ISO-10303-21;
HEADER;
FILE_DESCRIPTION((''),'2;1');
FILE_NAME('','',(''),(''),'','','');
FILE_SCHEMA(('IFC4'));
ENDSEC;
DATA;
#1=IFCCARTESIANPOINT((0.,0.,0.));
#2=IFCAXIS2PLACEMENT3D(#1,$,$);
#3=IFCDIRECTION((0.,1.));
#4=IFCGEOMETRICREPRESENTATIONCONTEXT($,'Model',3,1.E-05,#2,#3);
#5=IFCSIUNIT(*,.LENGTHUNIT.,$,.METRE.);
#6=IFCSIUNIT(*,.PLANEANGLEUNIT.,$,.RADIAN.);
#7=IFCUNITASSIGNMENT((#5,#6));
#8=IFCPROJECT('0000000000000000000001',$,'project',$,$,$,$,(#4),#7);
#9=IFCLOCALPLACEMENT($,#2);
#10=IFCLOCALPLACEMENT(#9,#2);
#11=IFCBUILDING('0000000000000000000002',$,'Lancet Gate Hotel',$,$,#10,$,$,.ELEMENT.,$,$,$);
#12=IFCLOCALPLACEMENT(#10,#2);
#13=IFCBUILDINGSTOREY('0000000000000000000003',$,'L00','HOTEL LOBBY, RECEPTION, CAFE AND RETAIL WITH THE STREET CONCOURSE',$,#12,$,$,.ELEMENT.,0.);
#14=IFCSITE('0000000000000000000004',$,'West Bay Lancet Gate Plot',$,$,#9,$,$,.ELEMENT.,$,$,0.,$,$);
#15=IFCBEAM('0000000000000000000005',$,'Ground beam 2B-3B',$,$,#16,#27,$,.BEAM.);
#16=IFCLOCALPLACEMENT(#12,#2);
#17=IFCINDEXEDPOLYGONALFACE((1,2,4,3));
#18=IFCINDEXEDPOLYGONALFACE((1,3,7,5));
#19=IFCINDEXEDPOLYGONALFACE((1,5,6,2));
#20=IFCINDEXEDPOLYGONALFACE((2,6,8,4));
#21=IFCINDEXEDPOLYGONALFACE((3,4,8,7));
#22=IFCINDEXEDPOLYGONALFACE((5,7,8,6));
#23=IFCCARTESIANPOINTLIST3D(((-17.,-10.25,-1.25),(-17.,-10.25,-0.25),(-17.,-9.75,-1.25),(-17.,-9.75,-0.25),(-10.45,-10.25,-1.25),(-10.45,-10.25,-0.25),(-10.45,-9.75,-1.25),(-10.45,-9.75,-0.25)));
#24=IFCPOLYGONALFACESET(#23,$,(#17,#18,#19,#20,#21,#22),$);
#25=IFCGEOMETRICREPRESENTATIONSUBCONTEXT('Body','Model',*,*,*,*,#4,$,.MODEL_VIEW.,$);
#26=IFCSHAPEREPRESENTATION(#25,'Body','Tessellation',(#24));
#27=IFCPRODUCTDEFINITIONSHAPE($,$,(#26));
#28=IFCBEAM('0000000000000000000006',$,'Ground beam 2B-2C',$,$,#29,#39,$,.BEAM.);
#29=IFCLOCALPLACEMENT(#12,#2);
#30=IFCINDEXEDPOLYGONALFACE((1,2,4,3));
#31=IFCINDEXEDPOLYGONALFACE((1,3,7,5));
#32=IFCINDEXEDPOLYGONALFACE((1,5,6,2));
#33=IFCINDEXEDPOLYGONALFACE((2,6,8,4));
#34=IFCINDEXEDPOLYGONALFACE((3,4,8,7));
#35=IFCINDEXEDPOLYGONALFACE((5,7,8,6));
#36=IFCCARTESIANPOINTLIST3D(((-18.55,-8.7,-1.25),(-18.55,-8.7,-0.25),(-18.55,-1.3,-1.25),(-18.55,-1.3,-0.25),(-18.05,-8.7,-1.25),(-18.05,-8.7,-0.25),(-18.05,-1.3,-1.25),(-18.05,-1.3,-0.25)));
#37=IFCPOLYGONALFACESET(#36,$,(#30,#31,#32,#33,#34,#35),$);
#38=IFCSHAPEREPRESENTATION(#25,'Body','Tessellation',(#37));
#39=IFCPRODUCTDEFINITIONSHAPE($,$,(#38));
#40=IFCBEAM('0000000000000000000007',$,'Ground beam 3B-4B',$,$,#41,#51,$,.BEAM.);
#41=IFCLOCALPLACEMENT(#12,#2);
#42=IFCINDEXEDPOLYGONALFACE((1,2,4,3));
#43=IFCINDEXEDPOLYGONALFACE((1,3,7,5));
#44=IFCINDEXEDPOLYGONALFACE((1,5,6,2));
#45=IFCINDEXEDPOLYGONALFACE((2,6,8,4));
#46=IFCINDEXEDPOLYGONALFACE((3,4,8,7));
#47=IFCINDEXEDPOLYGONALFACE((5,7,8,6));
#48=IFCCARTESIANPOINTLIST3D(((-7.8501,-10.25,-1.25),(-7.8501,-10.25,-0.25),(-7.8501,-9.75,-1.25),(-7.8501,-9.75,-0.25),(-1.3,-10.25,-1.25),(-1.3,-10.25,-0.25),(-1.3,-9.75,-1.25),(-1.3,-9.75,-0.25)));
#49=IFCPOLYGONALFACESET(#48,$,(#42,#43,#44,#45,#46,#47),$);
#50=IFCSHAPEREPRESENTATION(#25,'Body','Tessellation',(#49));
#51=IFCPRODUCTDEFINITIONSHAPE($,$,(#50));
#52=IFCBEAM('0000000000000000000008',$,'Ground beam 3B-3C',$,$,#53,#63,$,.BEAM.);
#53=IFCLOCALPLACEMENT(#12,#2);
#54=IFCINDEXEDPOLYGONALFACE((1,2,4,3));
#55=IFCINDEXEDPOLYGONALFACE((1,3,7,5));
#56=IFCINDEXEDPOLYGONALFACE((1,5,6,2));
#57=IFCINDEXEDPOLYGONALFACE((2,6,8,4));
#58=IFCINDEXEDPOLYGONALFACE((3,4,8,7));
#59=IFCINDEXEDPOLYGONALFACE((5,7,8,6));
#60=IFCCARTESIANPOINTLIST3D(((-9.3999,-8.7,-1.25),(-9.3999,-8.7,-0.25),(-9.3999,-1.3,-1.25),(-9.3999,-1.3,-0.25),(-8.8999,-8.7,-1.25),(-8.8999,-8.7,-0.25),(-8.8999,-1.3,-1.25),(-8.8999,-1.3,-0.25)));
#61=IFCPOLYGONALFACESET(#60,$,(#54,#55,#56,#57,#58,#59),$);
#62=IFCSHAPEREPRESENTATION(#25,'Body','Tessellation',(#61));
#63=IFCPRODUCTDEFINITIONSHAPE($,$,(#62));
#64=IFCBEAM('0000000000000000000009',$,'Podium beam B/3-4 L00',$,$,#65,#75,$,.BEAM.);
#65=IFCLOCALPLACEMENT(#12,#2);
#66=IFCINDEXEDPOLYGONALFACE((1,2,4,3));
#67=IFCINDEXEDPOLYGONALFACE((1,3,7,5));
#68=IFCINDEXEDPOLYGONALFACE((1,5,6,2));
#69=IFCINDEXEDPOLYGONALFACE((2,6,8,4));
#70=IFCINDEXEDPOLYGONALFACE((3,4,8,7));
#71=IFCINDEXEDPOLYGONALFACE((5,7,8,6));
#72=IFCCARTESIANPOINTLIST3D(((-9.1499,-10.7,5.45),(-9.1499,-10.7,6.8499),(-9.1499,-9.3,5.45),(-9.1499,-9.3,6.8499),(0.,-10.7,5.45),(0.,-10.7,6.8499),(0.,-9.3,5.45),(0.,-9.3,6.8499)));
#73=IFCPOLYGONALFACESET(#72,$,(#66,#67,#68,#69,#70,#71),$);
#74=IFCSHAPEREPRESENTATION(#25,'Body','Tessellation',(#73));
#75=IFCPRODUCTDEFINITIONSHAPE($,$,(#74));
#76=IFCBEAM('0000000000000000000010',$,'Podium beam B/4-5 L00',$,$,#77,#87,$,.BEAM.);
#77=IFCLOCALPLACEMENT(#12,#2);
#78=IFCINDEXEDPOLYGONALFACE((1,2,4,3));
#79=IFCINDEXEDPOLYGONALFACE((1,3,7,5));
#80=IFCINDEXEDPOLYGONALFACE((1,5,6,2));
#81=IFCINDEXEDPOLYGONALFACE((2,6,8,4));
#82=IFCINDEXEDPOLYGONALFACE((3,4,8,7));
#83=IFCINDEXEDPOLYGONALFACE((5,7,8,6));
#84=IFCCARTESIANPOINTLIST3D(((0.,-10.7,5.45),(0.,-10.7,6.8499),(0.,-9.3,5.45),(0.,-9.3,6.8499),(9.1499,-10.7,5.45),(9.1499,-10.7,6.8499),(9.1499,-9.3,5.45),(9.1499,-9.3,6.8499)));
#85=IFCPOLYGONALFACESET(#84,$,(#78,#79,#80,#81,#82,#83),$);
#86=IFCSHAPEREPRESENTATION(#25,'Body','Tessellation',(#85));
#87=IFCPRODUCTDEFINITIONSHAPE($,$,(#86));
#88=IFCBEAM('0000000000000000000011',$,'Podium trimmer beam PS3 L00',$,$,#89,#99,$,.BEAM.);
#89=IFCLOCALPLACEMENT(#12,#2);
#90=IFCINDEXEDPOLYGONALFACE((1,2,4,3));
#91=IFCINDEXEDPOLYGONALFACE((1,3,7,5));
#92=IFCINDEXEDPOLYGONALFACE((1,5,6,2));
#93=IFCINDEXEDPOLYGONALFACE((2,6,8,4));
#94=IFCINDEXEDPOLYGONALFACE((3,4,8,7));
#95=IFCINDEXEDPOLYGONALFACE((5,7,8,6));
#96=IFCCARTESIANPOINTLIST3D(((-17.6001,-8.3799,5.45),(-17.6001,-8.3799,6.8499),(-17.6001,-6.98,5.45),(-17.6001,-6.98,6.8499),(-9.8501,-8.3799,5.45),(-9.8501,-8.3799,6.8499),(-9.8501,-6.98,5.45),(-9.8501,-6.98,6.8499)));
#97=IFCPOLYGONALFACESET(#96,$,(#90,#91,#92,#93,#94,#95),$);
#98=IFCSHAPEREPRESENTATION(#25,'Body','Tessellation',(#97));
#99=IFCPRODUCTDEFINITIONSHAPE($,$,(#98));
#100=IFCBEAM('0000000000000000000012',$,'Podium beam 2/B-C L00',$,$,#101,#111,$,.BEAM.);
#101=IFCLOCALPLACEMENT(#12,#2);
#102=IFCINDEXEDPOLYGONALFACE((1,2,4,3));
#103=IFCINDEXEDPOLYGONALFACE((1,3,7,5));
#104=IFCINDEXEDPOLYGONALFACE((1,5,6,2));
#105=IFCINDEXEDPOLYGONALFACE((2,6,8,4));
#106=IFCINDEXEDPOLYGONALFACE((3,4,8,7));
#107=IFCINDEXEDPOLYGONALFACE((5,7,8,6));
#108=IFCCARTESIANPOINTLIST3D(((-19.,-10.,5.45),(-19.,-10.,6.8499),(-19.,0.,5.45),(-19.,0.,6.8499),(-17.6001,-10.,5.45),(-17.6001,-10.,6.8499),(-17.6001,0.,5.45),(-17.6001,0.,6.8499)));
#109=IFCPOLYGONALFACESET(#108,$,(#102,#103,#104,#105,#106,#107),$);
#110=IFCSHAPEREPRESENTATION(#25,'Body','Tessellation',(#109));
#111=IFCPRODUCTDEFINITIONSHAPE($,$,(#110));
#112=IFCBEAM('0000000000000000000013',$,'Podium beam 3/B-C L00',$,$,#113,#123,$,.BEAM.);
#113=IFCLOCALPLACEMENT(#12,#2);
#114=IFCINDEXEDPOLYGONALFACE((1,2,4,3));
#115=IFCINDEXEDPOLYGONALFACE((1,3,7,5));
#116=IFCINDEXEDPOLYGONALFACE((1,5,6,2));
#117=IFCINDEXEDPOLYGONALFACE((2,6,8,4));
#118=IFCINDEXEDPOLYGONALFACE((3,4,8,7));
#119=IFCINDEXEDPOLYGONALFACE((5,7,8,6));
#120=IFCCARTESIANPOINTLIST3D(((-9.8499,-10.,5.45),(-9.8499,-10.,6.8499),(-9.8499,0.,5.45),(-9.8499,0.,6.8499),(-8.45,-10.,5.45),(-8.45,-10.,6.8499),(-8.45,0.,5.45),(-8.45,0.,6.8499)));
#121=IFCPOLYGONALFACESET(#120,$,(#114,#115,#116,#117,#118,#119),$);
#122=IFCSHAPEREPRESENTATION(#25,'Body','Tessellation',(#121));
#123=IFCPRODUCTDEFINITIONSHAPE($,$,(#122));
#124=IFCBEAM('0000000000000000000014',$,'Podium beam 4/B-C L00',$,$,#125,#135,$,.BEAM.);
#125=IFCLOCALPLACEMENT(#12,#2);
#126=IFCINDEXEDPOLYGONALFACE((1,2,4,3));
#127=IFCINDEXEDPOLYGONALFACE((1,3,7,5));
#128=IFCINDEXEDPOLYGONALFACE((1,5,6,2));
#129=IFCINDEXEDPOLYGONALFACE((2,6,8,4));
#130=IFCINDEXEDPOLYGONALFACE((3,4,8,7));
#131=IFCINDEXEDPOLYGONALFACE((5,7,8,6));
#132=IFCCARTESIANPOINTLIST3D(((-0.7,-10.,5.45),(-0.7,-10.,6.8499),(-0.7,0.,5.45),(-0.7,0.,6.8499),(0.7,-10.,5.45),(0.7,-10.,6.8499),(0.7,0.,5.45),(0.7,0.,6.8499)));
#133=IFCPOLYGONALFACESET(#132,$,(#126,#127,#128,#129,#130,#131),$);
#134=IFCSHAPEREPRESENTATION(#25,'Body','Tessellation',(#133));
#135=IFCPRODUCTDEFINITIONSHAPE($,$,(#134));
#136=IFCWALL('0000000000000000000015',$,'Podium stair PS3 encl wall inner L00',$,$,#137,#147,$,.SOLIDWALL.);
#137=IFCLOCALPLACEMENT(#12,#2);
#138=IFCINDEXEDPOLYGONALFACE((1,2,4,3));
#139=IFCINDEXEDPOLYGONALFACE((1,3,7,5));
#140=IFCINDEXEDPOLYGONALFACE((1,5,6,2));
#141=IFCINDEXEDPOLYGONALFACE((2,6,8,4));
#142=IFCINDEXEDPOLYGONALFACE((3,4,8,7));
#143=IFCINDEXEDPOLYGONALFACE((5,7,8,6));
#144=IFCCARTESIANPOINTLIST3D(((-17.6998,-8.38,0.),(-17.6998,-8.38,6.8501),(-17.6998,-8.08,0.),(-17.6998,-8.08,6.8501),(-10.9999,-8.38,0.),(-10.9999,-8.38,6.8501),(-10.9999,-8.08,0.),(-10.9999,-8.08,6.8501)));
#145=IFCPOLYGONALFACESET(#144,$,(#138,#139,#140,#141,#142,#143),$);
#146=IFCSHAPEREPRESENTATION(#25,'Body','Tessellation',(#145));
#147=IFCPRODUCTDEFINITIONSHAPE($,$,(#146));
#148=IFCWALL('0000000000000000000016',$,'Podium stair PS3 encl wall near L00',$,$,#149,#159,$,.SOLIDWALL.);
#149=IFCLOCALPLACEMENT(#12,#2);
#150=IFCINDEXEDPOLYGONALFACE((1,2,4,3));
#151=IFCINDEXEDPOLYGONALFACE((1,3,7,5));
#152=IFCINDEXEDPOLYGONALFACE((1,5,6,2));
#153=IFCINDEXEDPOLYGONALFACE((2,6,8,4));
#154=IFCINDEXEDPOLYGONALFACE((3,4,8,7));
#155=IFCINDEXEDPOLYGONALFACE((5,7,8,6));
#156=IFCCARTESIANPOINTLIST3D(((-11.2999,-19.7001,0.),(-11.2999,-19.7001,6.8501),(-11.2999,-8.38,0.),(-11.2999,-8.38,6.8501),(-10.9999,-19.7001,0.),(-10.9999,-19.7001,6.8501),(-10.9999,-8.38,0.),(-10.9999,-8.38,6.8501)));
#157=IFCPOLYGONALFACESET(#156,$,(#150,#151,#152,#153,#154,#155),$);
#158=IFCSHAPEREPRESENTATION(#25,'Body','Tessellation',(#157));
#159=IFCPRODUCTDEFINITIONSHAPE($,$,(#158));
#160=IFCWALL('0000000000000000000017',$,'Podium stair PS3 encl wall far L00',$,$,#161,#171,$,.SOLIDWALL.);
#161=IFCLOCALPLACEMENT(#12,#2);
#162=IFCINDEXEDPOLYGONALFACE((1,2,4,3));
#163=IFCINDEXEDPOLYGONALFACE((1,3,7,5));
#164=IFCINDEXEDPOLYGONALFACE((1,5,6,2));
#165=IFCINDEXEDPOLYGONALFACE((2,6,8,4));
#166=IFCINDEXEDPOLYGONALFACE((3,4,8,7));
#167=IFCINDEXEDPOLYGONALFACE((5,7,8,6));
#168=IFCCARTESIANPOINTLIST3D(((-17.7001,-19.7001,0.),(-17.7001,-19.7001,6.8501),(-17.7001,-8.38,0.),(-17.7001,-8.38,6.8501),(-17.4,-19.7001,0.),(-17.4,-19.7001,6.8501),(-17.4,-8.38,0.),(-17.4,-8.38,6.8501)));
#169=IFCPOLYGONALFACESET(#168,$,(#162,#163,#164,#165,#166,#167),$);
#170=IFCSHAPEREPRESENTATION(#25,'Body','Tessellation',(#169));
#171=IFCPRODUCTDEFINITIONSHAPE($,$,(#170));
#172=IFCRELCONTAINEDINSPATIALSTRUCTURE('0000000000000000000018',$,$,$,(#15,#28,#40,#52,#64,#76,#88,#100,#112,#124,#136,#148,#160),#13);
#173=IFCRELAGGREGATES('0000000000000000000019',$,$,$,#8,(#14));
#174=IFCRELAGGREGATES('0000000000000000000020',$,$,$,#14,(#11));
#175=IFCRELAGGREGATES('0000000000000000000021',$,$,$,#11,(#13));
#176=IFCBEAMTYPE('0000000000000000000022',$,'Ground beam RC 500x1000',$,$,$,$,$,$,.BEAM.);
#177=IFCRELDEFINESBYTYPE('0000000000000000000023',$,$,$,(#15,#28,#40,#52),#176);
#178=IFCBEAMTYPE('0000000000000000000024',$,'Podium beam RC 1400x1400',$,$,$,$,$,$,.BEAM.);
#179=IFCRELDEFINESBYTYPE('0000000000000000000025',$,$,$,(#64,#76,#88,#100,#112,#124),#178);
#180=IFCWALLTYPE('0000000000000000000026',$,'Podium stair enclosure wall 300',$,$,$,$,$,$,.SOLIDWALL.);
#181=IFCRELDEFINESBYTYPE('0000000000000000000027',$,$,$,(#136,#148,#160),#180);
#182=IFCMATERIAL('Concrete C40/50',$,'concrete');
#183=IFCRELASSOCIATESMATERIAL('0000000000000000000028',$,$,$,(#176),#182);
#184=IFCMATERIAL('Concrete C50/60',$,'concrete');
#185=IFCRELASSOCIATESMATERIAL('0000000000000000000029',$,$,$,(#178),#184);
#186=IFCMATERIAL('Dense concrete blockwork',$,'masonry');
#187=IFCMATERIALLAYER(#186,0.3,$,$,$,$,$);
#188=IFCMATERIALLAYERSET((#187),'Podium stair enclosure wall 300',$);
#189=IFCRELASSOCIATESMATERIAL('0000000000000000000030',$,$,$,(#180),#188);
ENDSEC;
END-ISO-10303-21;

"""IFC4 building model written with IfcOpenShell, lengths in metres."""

from ifc_helpers import new_model, si_unit, direction, frame, frame_2d, origin, origin_2d, place, context, subcontext, project, spatial, rectangle, extrude, material, layer, layer_set, material_profile, profile_set, type_object, element, save


model = new_model("IFC4")

# Units and contexts
model_context = context("Model", 3, precision=1e-05, world=origin(), true_north=direction((0.0, 1.0)))
body_context = subcontext(model_context, "Body", "Model", "MODEL_VIEW")
ifc_project = project(units=[si_unit("LENGTHUNIT", "METRE"), si_unit("PLANEANGLEUNIT", "RADIAN")], contexts=[model_context])

# Site, building, storey
site_placement = place(None, origin())
site = spatial("IfcSite", under=ifc_project, at=site_placement, Name="West Bay Lancet Gate Plot", CompositionType="ELEMENT", RefElevation=0.0)
building_placement = place(site_placement, origin())
building = spatial("IfcBuilding", under=site, at=building_placement, Name="Lancet Gate Hotel", CompositionType="ELEMENT")
storey_placement = place(building_placement, origin())
storey = spatial("IfcBuildingStorey", under=building, at=storey_placement, Name="L00", Description="HOTEL LOBBY, RECEPTION, CAFE AND RETAIL WITH THE STREET CONCOURSE", CompositionType="ELEMENT", Elevation=0.0)

# Beams
ifc_material_1 = material(Name="Concrete C40/50", Category="concrete")
ifc_material_profile_1 = material_profile(ifc_material_1, rectangle(XDim=0.5, YDim=1.0, at=origin_2d()), Name="RC 500x1000")
ifc_profile_set_1 = profile_set([ifc_material_profile_1], Name="Concrete C40/50")
beam_type_1 = type_object("IfcBeamType", Name="Ground beam RC 500x1000", PredefinedType="BEAM", material=ifc_profile_set_1)
beam_1_placement = place(storey_placement, frame((-17.0, -10.0, -0.75), z_axis=(1.0, 0.0, 0.0), x_axis=(0.0, 1.0, 0.0)))
element("IfcBeam", 1, at=beam_1_placement, inside=storey, type_object=beam_type_1, Name="Ground beam 2B-3B", PredefinedType="BEAM", context=body_context, shape_type="SweptSolid", body=[
    extrude(rectangle(XDim=0.5, YDim=1.0, at=origin_2d()), origin(), (0.0, 0.0, 1.0), 6.55),
])
beam_2_placement = place(storey_placement, frame((-18.3, -8.7, -0.75), z_axis=(0.0, 1.0, 0.0), x_axis=(-1.0, 0.0, 0.0)))
element("IfcBeam", 2, at=beam_2_placement, inside=storey, type_object=beam_type_1, Name="Ground beam 2B-2C", PredefinedType="BEAM", context=body_context, shape_type="SweptSolid", body=[
    extrude(rectangle(XDim=0.5, YDim=1.0, at=origin_2d()), origin(), (0.0, 0.0, 1.0), 7.3999),
])
beam_3_placement = place(storey_placement, frame((-7.8501, -10.0, -0.75), z_axis=(1.0, 0.0, 0.0), x_axis=(0.0, 1.0, 0.0)))
element("IfcBeam", 3, at=beam_3_placement, inside=storey, type_object=beam_type_1, Name="Ground beam 3B-4B", PredefinedType="BEAM", context=body_context, shape_type="SweptSolid", body=[
    extrude(rectangle(XDim=0.5, YDim=1.0, at=origin_2d()), origin(), (0.0, 0.0, 1.0), 6.55),
])
beam_4_placement = place(storey_placement, frame((-9.1499, -8.7, -0.75), z_axis=(0.0, 1.0, 0.0), x_axis=(-1.0, 0.0, 0.0)))
element("IfcBeam", 4, at=beam_4_placement, inside=storey, type_object=beam_type_1, Name="Ground beam 3B-3C", PredefinedType="BEAM", context=body_context, shape_type="SweptSolid", body=[
    extrude(rectangle(XDim=0.5, YDim=1.0, at=origin_2d()), origin(), (0.0, 0.0, 1.0), 7.3999),
])
ifc_material_2 = material(Name="Concrete C50/60", Category="concrete")
ifc_material_profile_2 = material_profile(ifc_material_2, rectangle(XDim=1.3999, YDim=1.3999, at=origin_2d()), Name="RC 1400x1400")
ifc_profile_set_2 = profile_set([ifc_material_profile_2], Name="Concrete C50/60")
beam_type_2 = type_object("IfcBeamType", Name="Podium beam RC 1400x1400", PredefinedType="BEAM", material=ifc_profile_set_2)
for number, where, z_axis, x_axis, name in (
    (5, (-9.1499, -10.0, 6.1499), (1.0, 0.0, 0.0), (0.0, 1.0, 0.0), "Podium beam B/3-4 L00"),
    (6, (0.0, -10.0, 6.1499), (1.0, 0.0, 0.0), (0.0, 1.0, 0.0), "Podium beam B/4-5 L00"),
):
    element("IfcBeam", number, at=place(storey_placement, frame(where, z_axis=z_axis, x_axis=x_axis)), inside=storey, type_object=beam_type_2, Name=name, PredefinedType="BEAM", context=body_context, shape_type="SweptSolid", body=[
        extrude(rectangle(XDim=1.3999, YDim=1.3999, at=origin_2d()), origin(), (0.0, 0.0, 1.0), 9.1499),
    ])
beam_5_placement = place(storey_placement, frame((-17.6001, -7.6799, 6.1499), z_axis=(1.0, 0.0, 0.0), x_axis=(0.0, 1.0, 0.0)))
element("IfcBeam", 7, at=beam_5_placement, inside=storey, type_object=beam_type_2, Name="Podium trimmer beam PS3 L00", PredefinedType="BEAM", context=body_context, shape_type="SweptSolid", body=[
    extrude(rectangle(XDim=1.3999, YDim=1.3999, at=origin_2d()), origin(), (0.0, 0.0, 1.0), 7.75),
])
for number, where, z_axis, x_axis, name in (
    (8, (-18.3, -10.0, 6.1499), (0.0, 1.0, 0.0), (-1.0, 0.0, 0.0), "Podium beam 2/B-C L00"),
    (9, (-9.1499, -10.0, 6.1499), (0.0, 1.0, 0.0), (-1.0, 0.0, 0.0), "Podium beam 3/B-C L00"),
    (10, (0.0, -10.0, 6.1499), (0.0, 1.0, 0.0), (-1.0, 0.0, 0.0), "Podium beam 4/B-C L00"),
):
    element("IfcBeam", number, at=place(storey_placement, frame(where, z_axis=z_axis, x_axis=x_axis)), inside=storey, type_object=beam_type_2, Name=name, PredefinedType="BEAM", context=body_context, shape_type="SweptSolid", body=[
        extrude(rectangle(XDim=1.3999, YDim=1.3999, at=origin_2d()), origin(), (0.0, 0.0, 1.0), 10.0),
    ])

# Walls
ifc_material_3 = material(Name="Dense concrete blockwork", Category="masonry")
ifc_layer = layer(ifc_material_3, 0.3)
ifc_layer_set = layer_set([ifc_layer], Name="Podium stair enclosure wall 300")
wall_type = type_object("IfcWallType", Name="Podium stair enclosure wall 300", PredefinedType="SOLIDWALL", material=ifc_layer_set)
wall_placement = place(storey_placement, frame((-17.7, -8.23, 0.0), z_axis=(0.0, 0.0, 1.0), x_axis=(1.0, 0.0, 0.0)))
element("IfcWall", 11, at=wall_placement, inside=storey, type_object=wall_type, Name="Podium stair PS3 encl wall inner L00", PredefinedType="SOLIDWALL", context=body_context, shape_type="SweptSolid", body=[
    extrude(rectangle(XDim=6.7, YDim=0.3, at=frame_2d((3.3501, 0.0))), origin(), (0.0, 0.0, 1.0), 6.8501),
])
for number, where, z_axis, x_axis, name in (
    (12, (-11.1499, -8.3799, 0.0), (0.0, 0.0, 1.0), (0.0, -1.0, 0.0), "Podium stair PS3 encl wall near L00"),
    (13, (-17.55, -8.3799, 0.0), (0.0, 0.0, 1.0), (0.0, -1.0, 0.0), "Podium stair PS3 encl wall far L00"),
):
    element("IfcWall", number, at=place(storey_placement, frame(where, z_axis=z_axis, x_axis=x_axis)), inside=storey, type_object=wall_type, Name=name, PredefinedType="SOLIDWALL", context=body_context, shape_type="SweptSolid", body=[
        extrude(rectangle(XDim=11.3201, YDim=0.3, at=frame_2d((5.6602, 0.0))), origin(), (0.0, 0.0, 1.0), 6.8501),
    ])

save(model, "model.ifc")
